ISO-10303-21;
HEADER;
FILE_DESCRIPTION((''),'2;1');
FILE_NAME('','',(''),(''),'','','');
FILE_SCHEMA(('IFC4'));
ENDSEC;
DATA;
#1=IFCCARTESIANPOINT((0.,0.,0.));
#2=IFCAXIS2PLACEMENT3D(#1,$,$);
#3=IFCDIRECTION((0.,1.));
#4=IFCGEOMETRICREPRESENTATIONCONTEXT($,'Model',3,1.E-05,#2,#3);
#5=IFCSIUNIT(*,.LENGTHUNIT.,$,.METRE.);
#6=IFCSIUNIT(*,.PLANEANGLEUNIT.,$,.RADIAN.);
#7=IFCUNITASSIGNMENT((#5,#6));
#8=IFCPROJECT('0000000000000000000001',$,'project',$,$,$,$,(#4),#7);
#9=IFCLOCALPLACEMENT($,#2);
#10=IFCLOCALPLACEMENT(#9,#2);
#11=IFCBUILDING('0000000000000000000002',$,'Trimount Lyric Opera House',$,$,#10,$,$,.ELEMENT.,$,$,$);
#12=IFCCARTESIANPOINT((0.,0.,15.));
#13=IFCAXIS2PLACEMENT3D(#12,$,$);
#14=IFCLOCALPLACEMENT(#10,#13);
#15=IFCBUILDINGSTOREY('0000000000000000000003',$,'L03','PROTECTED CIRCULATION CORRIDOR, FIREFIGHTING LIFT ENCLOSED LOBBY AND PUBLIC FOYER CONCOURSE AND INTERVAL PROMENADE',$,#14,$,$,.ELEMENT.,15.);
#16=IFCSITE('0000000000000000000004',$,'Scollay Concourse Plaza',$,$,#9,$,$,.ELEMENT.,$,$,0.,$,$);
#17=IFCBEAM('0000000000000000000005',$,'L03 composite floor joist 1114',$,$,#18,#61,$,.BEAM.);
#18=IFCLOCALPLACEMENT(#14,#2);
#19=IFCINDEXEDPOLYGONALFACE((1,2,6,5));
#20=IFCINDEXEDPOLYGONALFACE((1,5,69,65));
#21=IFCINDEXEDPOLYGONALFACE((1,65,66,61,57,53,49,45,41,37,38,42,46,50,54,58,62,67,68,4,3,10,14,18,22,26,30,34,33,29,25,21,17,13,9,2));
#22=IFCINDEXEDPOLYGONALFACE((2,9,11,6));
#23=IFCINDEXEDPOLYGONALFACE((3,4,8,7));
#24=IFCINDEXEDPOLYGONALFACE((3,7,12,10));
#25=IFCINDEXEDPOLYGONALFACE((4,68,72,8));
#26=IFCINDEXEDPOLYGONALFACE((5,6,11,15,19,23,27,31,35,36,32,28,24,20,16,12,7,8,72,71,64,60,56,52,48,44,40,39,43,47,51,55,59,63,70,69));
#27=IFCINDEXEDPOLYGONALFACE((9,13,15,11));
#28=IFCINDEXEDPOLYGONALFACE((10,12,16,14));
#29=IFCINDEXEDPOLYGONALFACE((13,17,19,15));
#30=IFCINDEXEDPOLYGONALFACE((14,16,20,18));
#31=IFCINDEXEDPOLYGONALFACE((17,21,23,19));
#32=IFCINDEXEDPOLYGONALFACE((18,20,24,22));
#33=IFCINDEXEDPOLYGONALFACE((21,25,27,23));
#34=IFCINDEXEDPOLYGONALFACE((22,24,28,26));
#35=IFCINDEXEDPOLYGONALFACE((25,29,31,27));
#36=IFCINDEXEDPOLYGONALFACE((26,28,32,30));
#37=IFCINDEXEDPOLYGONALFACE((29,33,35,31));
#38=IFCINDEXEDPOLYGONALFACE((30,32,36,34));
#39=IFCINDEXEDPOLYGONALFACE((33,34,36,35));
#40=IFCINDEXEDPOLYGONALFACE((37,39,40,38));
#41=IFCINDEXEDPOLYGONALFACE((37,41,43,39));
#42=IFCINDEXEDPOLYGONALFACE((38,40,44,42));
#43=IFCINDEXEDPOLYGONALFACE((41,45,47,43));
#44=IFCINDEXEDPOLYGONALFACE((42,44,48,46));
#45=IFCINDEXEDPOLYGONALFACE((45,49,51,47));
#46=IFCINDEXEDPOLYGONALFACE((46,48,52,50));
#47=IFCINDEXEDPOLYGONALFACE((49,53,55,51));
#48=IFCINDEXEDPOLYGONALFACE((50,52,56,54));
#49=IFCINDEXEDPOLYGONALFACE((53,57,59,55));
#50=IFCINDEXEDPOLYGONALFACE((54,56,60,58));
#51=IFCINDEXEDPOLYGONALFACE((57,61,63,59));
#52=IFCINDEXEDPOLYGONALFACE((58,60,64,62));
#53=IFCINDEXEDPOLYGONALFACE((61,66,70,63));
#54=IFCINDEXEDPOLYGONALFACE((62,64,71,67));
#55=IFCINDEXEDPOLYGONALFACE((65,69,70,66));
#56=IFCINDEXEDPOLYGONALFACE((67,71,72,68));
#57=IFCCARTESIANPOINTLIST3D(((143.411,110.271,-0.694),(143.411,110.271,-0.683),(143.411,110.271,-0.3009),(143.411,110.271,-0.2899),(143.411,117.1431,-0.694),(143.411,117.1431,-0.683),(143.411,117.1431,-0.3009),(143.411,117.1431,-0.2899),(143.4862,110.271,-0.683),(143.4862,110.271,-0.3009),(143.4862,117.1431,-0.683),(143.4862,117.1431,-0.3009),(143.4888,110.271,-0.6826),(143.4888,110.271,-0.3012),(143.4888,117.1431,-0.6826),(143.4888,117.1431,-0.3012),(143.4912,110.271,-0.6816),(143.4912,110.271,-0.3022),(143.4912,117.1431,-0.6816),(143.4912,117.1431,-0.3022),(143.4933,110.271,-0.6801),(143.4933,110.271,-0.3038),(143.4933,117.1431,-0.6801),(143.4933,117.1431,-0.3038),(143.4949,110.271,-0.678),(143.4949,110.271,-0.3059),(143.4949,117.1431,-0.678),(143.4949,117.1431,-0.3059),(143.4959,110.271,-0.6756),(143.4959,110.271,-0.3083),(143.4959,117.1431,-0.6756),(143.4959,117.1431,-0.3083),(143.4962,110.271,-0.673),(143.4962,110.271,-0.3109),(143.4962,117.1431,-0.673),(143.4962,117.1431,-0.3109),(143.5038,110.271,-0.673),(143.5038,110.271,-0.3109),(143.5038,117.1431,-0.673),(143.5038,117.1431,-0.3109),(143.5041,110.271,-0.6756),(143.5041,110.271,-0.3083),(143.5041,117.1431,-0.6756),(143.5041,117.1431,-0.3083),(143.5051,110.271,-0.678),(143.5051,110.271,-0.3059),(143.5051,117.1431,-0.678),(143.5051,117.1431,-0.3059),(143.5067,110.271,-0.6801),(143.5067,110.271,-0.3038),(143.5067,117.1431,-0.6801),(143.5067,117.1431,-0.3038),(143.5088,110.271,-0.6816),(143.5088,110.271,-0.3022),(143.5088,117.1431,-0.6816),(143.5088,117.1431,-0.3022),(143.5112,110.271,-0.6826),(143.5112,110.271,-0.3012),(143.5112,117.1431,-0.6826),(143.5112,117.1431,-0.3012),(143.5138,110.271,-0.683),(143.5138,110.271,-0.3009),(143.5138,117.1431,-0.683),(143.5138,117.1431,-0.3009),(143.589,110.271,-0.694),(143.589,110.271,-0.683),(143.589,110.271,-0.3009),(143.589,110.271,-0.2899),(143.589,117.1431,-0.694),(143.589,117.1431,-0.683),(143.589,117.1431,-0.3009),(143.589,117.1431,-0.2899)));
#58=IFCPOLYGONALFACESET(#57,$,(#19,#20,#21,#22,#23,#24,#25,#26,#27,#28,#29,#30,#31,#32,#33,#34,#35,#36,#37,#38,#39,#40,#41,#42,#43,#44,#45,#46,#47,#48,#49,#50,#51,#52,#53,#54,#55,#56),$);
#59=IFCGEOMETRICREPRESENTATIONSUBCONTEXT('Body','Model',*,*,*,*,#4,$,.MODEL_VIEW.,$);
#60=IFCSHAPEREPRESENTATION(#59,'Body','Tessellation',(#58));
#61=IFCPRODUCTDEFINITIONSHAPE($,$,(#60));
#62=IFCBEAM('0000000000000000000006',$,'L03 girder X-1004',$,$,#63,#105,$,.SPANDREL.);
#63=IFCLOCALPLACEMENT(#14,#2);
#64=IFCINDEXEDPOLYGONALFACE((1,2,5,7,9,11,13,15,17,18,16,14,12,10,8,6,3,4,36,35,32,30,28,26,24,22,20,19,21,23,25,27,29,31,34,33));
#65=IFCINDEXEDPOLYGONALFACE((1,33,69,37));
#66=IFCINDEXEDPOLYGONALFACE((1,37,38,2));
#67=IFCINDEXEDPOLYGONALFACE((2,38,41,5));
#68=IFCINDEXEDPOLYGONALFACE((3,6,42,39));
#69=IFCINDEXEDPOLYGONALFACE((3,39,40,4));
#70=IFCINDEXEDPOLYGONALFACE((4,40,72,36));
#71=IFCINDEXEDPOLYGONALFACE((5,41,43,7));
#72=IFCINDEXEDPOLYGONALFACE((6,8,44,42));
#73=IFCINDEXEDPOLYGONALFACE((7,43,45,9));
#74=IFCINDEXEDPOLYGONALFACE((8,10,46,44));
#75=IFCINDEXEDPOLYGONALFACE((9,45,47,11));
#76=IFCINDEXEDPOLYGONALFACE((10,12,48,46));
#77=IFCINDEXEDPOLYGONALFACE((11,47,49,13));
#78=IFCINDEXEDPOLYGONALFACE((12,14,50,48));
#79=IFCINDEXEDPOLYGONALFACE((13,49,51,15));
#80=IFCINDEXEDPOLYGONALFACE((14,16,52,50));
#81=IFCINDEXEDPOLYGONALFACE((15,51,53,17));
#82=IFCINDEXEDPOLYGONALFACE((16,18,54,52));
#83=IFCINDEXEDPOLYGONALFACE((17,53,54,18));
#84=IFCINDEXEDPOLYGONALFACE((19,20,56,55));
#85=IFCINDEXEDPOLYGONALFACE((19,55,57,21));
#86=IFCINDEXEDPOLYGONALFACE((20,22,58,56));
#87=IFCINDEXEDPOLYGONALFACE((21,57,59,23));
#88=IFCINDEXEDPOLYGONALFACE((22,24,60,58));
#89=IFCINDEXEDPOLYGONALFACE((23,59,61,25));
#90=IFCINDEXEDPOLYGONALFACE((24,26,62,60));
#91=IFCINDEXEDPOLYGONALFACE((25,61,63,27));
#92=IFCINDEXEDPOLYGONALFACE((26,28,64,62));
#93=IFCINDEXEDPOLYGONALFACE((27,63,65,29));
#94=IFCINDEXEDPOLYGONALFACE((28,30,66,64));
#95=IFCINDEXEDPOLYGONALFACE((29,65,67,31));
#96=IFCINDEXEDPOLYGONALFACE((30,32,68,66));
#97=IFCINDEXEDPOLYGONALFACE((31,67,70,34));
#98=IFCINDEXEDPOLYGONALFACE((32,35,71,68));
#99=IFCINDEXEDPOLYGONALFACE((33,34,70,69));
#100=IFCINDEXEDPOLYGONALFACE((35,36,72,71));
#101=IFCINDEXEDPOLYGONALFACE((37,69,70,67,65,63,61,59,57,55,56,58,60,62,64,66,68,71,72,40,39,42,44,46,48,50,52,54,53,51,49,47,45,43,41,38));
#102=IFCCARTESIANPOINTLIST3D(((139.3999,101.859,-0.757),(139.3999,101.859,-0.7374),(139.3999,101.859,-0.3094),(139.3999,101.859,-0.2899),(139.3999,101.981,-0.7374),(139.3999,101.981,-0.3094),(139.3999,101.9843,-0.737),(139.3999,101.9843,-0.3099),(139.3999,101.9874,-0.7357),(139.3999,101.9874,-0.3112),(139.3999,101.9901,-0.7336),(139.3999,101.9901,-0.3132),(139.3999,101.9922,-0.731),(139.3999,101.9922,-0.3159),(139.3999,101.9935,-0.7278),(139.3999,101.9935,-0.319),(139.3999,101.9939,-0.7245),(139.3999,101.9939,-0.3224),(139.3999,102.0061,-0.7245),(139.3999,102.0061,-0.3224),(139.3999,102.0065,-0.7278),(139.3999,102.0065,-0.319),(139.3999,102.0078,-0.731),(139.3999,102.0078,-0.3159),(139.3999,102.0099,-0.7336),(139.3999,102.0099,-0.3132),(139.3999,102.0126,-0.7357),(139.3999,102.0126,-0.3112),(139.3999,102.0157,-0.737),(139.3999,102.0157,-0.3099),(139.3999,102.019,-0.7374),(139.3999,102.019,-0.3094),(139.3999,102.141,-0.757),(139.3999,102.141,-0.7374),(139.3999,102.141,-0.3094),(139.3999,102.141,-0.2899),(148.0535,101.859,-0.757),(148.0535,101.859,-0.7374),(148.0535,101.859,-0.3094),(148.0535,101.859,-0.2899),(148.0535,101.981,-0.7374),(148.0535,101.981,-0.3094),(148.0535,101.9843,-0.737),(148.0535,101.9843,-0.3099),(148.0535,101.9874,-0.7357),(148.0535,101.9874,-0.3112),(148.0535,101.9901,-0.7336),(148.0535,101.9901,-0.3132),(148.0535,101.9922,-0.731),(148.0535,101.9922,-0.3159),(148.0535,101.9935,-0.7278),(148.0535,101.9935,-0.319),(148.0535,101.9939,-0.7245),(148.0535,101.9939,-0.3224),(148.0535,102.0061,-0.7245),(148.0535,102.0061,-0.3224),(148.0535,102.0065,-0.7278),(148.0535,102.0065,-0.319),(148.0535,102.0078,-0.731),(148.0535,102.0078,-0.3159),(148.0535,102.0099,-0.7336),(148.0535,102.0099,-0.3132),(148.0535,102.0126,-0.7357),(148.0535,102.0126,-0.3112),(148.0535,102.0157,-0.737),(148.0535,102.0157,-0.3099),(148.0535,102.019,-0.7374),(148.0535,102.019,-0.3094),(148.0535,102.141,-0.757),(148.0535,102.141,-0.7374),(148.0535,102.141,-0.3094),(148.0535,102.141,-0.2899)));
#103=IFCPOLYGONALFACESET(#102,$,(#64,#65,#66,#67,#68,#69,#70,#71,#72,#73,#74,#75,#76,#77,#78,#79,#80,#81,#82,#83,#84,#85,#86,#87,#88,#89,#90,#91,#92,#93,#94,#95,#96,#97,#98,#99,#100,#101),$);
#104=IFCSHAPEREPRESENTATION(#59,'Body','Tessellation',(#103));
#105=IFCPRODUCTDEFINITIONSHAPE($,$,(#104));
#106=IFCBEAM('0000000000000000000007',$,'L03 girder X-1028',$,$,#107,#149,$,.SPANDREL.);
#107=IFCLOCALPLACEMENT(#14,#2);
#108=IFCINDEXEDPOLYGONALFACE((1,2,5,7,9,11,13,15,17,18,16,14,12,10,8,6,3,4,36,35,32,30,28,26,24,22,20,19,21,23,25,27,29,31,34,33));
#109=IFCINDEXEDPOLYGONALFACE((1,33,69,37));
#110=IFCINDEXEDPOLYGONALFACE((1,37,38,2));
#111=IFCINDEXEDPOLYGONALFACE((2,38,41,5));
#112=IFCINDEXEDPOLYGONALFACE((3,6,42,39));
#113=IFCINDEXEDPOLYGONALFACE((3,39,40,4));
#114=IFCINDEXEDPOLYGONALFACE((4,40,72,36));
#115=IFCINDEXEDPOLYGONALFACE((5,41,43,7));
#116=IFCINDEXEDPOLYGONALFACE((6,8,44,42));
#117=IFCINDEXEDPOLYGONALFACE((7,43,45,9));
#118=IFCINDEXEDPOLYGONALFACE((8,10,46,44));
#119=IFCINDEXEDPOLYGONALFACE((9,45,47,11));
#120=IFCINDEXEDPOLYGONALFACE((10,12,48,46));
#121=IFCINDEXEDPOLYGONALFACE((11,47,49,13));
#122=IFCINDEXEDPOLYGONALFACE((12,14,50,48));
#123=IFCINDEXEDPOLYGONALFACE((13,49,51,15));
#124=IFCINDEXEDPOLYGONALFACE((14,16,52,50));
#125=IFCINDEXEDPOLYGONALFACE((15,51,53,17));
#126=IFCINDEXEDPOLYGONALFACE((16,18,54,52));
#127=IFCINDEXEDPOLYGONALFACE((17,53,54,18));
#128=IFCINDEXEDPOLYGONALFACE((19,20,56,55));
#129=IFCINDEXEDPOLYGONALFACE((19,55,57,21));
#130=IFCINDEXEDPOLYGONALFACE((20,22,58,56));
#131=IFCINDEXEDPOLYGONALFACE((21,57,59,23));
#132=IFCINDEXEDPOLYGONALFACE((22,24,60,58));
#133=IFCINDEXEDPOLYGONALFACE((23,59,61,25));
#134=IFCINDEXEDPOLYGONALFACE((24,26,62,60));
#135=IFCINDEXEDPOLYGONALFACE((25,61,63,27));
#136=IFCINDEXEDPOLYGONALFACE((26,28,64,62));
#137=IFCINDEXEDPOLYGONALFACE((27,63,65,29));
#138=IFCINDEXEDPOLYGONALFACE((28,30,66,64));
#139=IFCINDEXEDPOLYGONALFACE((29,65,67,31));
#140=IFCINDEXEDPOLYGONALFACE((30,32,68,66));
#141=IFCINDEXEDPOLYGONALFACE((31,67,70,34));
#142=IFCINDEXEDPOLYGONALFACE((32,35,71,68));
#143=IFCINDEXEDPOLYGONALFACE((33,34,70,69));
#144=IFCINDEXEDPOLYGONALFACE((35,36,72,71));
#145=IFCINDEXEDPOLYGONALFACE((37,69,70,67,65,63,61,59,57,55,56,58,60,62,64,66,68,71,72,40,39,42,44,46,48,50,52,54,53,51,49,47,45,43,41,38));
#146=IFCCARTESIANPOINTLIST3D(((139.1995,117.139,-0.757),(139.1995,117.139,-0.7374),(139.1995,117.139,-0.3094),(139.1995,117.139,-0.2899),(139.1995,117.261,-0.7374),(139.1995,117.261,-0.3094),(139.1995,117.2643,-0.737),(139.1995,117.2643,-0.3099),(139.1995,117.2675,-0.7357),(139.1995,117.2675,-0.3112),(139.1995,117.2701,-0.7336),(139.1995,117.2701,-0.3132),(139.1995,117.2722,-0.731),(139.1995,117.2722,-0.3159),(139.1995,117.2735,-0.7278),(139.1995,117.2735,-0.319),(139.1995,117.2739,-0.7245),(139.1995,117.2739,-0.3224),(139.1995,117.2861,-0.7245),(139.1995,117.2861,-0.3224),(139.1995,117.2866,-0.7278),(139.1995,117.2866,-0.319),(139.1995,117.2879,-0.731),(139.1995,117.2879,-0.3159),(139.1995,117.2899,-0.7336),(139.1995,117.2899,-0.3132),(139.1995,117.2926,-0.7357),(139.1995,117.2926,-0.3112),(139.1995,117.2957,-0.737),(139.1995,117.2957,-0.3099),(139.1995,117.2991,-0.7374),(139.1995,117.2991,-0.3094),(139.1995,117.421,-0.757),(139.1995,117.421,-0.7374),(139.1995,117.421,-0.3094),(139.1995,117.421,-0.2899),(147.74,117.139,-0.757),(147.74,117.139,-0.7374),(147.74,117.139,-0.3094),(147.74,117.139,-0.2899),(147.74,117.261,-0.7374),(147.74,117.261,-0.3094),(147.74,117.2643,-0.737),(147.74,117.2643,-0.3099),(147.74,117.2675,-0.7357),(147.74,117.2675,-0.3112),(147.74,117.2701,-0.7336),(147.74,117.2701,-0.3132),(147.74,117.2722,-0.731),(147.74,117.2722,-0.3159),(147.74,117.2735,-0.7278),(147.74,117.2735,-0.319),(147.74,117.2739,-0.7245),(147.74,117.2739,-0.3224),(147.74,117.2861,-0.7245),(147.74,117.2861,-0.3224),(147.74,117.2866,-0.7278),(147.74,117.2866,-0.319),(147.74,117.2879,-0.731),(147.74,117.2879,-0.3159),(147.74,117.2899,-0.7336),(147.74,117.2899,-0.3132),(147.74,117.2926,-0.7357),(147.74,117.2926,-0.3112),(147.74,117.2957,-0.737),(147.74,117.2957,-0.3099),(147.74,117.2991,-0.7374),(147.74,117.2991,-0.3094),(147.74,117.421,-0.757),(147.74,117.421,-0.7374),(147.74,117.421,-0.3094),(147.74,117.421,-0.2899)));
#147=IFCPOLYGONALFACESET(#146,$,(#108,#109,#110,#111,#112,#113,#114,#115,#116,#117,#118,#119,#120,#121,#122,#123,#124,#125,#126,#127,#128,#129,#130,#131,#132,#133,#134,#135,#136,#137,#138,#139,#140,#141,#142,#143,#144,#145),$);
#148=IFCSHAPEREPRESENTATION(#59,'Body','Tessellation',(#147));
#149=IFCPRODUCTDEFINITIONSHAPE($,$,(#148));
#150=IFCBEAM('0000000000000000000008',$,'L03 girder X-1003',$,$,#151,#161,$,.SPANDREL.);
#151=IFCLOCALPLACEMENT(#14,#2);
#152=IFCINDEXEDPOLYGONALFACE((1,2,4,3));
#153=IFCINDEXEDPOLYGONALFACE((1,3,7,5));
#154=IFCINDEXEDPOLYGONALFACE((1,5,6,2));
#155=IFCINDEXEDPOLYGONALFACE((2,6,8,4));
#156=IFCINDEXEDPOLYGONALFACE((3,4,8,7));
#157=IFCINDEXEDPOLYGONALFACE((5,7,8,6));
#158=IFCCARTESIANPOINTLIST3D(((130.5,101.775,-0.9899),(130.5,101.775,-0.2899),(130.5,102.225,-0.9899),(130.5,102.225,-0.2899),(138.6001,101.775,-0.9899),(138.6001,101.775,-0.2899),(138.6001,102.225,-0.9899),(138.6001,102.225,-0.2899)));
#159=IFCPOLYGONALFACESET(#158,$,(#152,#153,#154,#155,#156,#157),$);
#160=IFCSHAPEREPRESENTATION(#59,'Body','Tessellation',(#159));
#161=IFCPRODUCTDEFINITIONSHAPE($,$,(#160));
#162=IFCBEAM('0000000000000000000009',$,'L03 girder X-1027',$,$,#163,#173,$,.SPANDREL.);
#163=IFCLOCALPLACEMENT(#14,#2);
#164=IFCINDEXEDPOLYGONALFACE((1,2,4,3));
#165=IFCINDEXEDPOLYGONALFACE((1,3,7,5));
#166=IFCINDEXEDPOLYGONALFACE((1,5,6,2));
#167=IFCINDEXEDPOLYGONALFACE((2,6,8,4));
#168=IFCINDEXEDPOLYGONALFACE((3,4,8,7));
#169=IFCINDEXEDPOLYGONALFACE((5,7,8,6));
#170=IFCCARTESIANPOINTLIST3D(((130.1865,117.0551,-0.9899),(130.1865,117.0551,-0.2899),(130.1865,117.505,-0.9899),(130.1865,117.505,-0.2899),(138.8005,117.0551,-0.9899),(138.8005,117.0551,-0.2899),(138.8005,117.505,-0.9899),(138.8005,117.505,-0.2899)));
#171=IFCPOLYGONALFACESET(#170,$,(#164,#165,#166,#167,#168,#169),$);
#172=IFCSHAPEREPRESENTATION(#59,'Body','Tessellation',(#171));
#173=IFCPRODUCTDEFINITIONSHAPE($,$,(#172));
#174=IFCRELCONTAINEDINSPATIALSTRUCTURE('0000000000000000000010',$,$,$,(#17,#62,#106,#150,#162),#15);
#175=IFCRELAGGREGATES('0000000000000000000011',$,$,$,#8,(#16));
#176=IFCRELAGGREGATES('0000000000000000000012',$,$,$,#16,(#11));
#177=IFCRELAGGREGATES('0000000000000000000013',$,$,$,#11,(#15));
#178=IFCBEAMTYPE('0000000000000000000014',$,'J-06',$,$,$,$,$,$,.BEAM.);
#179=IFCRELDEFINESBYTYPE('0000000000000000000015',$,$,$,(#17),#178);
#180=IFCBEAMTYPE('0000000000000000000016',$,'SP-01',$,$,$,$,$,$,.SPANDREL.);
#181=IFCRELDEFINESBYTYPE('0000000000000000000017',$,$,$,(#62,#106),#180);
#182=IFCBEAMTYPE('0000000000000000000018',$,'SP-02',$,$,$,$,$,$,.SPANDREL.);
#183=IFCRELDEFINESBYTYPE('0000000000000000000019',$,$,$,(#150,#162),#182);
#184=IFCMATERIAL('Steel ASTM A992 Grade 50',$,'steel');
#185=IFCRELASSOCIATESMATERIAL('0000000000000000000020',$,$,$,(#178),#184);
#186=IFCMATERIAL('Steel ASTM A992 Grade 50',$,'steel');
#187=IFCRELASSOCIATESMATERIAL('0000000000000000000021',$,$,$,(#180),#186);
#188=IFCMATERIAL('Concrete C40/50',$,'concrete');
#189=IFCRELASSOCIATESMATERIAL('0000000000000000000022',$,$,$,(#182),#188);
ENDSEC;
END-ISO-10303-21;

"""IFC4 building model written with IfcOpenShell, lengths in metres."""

from ifc_helpers import new_model, si_unit, direction, frame, origin, origin_2d, place, context, subcontext, project, spatial, rectangle, i_section, extrude, material, material_profile, profile_set, type_object, element, save


model = new_model("IFC4")

# Units and contexts
model_context = context("Model", 3, precision=1e-05, world=origin(), true_north=direction((0.0, 1.0)))
body_context = subcontext(model_context, "Body", "Model", "MODEL_VIEW")
ifc_project = project(units=[si_unit("LENGTHUNIT", "METRE"), si_unit("PLANEANGLEUNIT", "RADIAN")], contexts=[model_context])

# Site, building, storey
site_placement = place(None, origin())
site = spatial("IfcSite", under=ifc_project, at=site_placement, Name="Scollay Concourse Plaza", CompositionType="ELEMENT", RefElevation=0.0)
building_placement = place(site_placement, origin())
building = spatial("IfcBuilding", under=site, at=building_placement, Name="Trimount Lyric Opera House", CompositionType="ELEMENT")
storey_placement = place(building_placement, frame((0.0, 0.0, 15.0)))
storey = spatial("IfcBuildingStorey", under=building, at=storey_placement, Name="L03", Description="PROTECTED CIRCULATION CORRIDOR, FIREFIGHTING LIFT ENCLOSED LOBBY AND PUBLIC FOYER CONCOURSE AND INTERVAL PROMENADE", CompositionType="ELEMENT", Elevation=15.0)

# Beams
ifc_material_1 = material(Name="Steel ASTM A992 Grade 50", Category="steel")
ifc_material_profile_1 = material_profile(ifc_material_1, i_section(OverallWidth=0.178, OverallDepth=0.4041, WebThickness=0.0076, FlangeThickness=0.011, FilletRadius=0.01, at=origin_2d()), Name="W16X36")
ifc_profile_set_1 = profile_set([ifc_material_profile_1], Name="Steel ASTM A992 Grade 50")
beam_type_1 = type_object("IfcBeamType", Name="J-06", PredefinedType="BEAM", material=ifc_profile_set_1)
beam_1_placement = place(storey_placement, frame((143.5, 110.271, -0.4919), z_axis=(0.0, 1.0, 0.0), x_axis=(-1.0, 0.0, 0.0)))
element("IfcBeam", 1, at=beam_1_placement, inside=storey, type_object=beam_type_1, Name="L03 composite floor joist 1114", PredefinedType="BEAM", context=body_context, shape_type="SweptSolid", body=[
    extrude(i_section(OverallWidth=0.178, OverallDepth=0.4041, WebThickness=0.0076, FlangeThickness=0.011, FilletRadius=0.01, at=origin_2d()), origin(), (0.0, 0.0, 1.0), 6.8721),
])
ifc_material_2 = material(Name="Steel ASTM A992 Grade 50", Category="steel")
ifc_material_profile_2 = material_profile(ifc_material_2, i_section(OverallWidth=0.282, OverallDepth=0.467, WebThickness=0.0122, FlangeThickness=0.0195, FilletRadius=0.0129, at=origin_2d()), Name="W18X86")
ifc_profile_set_2 = profile_set([ifc_material_profile_2], Name="Steel ASTM A992 Grade 50")
beam_type_2 = type_object("IfcBeamType", Name="SP-01", PredefinedType="SPANDREL", material=ifc_profile_set_2)
beam_2_placement = place(storey_placement, frame((139.3999, 102.0, -0.5234), z_axis=(1.0, 0.0, 0.0), x_axis=(0.0, 1.0, 0.0)))
element("IfcBeam", 2, at=beam_2_placement, inside=storey, type_object=beam_type_2, Name="L03 girder X-1004", PredefinedType="SPANDREL", context=body_context, shape_type="SweptSolid", body=[
    extrude(i_section(OverallWidth=0.282, OverallDepth=0.467, WebThickness=0.0122, FlangeThickness=0.0195, FilletRadius=0.0129, at=origin_2d()), origin(), (0.0, 0.0, 1.0), 8.6536),
])
beam_3_placement = place(storey_placement, frame((139.1995, 117.28, -0.5234), z_axis=(1.0, 0.0, 0.0), x_axis=(0.0, 1.0, 0.0)))
element("IfcBeam", 3, at=beam_3_placement, inside=storey, type_object=beam_type_2, Name="L03 girder X-1028", PredefinedType="SPANDREL", context=body_context, shape_type="SweptSolid", body=[
    extrude(i_section(OverallWidth=0.282, OverallDepth=0.467, WebThickness=0.0122, FlangeThickness=0.0195, FilletRadius=0.0129, at=origin_2d()), origin(), (0.0, 0.0, 1.0), 8.5405),
])
ifc_material_3 = material(Name="Concrete C40/50", Category="concrete")
ifc_material_profile_3 = material_profile(ifc_material_3, rectangle(XDim=0.45, YDim=0.7, at=origin_2d()), Name="RC450X700")
ifc_profile_set_3 = profile_set([ifc_material_profile_3], Name="Concrete C40/50")
beam_type_3 = type_object("IfcBeamType", Name="SP-02", PredefinedType="SPANDREL", material=ifc_profile_set_3)
beam_4_placement = place(storey_placement, frame((130.5, 102.0, -0.6399), z_axis=(1.0, 0.0, 0.0), x_axis=(0.0, 1.0, 0.0)))
element("IfcBeam", 4, at=beam_4_placement, inside=storey, type_object=beam_type_3, Name="L03 girder X-1003", PredefinedType="SPANDREL", context=body_context, shape_type="SweptSolid", body=[
    extrude(rectangle(XDim=0.45, YDim=0.7, at=origin_2d()), origin(), (0.0, 0.0, 1.0), 8.1001),
])
beam_5_placement = place(storey_placement, frame((130.1865, 117.28, -0.6399), z_axis=(1.0, 0.0, 0.0), x_axis=(0.0, 1.0, 0.0)))
element("IfcBeam", 5, at=beam_5_placement, inside=storey, type_object=beam_type_3, Name="L03 girder X-1027", PredefinedType="SPANDREL", context=body_context, shape_type="SweptSolid", body=[
    extrude(rectangle(XDim=0.45, YDim=0.7, at=origin_2d()), origin(), (0.0, 0.0, 1.0), 8.614),
])

save(model, "model.ifc")
